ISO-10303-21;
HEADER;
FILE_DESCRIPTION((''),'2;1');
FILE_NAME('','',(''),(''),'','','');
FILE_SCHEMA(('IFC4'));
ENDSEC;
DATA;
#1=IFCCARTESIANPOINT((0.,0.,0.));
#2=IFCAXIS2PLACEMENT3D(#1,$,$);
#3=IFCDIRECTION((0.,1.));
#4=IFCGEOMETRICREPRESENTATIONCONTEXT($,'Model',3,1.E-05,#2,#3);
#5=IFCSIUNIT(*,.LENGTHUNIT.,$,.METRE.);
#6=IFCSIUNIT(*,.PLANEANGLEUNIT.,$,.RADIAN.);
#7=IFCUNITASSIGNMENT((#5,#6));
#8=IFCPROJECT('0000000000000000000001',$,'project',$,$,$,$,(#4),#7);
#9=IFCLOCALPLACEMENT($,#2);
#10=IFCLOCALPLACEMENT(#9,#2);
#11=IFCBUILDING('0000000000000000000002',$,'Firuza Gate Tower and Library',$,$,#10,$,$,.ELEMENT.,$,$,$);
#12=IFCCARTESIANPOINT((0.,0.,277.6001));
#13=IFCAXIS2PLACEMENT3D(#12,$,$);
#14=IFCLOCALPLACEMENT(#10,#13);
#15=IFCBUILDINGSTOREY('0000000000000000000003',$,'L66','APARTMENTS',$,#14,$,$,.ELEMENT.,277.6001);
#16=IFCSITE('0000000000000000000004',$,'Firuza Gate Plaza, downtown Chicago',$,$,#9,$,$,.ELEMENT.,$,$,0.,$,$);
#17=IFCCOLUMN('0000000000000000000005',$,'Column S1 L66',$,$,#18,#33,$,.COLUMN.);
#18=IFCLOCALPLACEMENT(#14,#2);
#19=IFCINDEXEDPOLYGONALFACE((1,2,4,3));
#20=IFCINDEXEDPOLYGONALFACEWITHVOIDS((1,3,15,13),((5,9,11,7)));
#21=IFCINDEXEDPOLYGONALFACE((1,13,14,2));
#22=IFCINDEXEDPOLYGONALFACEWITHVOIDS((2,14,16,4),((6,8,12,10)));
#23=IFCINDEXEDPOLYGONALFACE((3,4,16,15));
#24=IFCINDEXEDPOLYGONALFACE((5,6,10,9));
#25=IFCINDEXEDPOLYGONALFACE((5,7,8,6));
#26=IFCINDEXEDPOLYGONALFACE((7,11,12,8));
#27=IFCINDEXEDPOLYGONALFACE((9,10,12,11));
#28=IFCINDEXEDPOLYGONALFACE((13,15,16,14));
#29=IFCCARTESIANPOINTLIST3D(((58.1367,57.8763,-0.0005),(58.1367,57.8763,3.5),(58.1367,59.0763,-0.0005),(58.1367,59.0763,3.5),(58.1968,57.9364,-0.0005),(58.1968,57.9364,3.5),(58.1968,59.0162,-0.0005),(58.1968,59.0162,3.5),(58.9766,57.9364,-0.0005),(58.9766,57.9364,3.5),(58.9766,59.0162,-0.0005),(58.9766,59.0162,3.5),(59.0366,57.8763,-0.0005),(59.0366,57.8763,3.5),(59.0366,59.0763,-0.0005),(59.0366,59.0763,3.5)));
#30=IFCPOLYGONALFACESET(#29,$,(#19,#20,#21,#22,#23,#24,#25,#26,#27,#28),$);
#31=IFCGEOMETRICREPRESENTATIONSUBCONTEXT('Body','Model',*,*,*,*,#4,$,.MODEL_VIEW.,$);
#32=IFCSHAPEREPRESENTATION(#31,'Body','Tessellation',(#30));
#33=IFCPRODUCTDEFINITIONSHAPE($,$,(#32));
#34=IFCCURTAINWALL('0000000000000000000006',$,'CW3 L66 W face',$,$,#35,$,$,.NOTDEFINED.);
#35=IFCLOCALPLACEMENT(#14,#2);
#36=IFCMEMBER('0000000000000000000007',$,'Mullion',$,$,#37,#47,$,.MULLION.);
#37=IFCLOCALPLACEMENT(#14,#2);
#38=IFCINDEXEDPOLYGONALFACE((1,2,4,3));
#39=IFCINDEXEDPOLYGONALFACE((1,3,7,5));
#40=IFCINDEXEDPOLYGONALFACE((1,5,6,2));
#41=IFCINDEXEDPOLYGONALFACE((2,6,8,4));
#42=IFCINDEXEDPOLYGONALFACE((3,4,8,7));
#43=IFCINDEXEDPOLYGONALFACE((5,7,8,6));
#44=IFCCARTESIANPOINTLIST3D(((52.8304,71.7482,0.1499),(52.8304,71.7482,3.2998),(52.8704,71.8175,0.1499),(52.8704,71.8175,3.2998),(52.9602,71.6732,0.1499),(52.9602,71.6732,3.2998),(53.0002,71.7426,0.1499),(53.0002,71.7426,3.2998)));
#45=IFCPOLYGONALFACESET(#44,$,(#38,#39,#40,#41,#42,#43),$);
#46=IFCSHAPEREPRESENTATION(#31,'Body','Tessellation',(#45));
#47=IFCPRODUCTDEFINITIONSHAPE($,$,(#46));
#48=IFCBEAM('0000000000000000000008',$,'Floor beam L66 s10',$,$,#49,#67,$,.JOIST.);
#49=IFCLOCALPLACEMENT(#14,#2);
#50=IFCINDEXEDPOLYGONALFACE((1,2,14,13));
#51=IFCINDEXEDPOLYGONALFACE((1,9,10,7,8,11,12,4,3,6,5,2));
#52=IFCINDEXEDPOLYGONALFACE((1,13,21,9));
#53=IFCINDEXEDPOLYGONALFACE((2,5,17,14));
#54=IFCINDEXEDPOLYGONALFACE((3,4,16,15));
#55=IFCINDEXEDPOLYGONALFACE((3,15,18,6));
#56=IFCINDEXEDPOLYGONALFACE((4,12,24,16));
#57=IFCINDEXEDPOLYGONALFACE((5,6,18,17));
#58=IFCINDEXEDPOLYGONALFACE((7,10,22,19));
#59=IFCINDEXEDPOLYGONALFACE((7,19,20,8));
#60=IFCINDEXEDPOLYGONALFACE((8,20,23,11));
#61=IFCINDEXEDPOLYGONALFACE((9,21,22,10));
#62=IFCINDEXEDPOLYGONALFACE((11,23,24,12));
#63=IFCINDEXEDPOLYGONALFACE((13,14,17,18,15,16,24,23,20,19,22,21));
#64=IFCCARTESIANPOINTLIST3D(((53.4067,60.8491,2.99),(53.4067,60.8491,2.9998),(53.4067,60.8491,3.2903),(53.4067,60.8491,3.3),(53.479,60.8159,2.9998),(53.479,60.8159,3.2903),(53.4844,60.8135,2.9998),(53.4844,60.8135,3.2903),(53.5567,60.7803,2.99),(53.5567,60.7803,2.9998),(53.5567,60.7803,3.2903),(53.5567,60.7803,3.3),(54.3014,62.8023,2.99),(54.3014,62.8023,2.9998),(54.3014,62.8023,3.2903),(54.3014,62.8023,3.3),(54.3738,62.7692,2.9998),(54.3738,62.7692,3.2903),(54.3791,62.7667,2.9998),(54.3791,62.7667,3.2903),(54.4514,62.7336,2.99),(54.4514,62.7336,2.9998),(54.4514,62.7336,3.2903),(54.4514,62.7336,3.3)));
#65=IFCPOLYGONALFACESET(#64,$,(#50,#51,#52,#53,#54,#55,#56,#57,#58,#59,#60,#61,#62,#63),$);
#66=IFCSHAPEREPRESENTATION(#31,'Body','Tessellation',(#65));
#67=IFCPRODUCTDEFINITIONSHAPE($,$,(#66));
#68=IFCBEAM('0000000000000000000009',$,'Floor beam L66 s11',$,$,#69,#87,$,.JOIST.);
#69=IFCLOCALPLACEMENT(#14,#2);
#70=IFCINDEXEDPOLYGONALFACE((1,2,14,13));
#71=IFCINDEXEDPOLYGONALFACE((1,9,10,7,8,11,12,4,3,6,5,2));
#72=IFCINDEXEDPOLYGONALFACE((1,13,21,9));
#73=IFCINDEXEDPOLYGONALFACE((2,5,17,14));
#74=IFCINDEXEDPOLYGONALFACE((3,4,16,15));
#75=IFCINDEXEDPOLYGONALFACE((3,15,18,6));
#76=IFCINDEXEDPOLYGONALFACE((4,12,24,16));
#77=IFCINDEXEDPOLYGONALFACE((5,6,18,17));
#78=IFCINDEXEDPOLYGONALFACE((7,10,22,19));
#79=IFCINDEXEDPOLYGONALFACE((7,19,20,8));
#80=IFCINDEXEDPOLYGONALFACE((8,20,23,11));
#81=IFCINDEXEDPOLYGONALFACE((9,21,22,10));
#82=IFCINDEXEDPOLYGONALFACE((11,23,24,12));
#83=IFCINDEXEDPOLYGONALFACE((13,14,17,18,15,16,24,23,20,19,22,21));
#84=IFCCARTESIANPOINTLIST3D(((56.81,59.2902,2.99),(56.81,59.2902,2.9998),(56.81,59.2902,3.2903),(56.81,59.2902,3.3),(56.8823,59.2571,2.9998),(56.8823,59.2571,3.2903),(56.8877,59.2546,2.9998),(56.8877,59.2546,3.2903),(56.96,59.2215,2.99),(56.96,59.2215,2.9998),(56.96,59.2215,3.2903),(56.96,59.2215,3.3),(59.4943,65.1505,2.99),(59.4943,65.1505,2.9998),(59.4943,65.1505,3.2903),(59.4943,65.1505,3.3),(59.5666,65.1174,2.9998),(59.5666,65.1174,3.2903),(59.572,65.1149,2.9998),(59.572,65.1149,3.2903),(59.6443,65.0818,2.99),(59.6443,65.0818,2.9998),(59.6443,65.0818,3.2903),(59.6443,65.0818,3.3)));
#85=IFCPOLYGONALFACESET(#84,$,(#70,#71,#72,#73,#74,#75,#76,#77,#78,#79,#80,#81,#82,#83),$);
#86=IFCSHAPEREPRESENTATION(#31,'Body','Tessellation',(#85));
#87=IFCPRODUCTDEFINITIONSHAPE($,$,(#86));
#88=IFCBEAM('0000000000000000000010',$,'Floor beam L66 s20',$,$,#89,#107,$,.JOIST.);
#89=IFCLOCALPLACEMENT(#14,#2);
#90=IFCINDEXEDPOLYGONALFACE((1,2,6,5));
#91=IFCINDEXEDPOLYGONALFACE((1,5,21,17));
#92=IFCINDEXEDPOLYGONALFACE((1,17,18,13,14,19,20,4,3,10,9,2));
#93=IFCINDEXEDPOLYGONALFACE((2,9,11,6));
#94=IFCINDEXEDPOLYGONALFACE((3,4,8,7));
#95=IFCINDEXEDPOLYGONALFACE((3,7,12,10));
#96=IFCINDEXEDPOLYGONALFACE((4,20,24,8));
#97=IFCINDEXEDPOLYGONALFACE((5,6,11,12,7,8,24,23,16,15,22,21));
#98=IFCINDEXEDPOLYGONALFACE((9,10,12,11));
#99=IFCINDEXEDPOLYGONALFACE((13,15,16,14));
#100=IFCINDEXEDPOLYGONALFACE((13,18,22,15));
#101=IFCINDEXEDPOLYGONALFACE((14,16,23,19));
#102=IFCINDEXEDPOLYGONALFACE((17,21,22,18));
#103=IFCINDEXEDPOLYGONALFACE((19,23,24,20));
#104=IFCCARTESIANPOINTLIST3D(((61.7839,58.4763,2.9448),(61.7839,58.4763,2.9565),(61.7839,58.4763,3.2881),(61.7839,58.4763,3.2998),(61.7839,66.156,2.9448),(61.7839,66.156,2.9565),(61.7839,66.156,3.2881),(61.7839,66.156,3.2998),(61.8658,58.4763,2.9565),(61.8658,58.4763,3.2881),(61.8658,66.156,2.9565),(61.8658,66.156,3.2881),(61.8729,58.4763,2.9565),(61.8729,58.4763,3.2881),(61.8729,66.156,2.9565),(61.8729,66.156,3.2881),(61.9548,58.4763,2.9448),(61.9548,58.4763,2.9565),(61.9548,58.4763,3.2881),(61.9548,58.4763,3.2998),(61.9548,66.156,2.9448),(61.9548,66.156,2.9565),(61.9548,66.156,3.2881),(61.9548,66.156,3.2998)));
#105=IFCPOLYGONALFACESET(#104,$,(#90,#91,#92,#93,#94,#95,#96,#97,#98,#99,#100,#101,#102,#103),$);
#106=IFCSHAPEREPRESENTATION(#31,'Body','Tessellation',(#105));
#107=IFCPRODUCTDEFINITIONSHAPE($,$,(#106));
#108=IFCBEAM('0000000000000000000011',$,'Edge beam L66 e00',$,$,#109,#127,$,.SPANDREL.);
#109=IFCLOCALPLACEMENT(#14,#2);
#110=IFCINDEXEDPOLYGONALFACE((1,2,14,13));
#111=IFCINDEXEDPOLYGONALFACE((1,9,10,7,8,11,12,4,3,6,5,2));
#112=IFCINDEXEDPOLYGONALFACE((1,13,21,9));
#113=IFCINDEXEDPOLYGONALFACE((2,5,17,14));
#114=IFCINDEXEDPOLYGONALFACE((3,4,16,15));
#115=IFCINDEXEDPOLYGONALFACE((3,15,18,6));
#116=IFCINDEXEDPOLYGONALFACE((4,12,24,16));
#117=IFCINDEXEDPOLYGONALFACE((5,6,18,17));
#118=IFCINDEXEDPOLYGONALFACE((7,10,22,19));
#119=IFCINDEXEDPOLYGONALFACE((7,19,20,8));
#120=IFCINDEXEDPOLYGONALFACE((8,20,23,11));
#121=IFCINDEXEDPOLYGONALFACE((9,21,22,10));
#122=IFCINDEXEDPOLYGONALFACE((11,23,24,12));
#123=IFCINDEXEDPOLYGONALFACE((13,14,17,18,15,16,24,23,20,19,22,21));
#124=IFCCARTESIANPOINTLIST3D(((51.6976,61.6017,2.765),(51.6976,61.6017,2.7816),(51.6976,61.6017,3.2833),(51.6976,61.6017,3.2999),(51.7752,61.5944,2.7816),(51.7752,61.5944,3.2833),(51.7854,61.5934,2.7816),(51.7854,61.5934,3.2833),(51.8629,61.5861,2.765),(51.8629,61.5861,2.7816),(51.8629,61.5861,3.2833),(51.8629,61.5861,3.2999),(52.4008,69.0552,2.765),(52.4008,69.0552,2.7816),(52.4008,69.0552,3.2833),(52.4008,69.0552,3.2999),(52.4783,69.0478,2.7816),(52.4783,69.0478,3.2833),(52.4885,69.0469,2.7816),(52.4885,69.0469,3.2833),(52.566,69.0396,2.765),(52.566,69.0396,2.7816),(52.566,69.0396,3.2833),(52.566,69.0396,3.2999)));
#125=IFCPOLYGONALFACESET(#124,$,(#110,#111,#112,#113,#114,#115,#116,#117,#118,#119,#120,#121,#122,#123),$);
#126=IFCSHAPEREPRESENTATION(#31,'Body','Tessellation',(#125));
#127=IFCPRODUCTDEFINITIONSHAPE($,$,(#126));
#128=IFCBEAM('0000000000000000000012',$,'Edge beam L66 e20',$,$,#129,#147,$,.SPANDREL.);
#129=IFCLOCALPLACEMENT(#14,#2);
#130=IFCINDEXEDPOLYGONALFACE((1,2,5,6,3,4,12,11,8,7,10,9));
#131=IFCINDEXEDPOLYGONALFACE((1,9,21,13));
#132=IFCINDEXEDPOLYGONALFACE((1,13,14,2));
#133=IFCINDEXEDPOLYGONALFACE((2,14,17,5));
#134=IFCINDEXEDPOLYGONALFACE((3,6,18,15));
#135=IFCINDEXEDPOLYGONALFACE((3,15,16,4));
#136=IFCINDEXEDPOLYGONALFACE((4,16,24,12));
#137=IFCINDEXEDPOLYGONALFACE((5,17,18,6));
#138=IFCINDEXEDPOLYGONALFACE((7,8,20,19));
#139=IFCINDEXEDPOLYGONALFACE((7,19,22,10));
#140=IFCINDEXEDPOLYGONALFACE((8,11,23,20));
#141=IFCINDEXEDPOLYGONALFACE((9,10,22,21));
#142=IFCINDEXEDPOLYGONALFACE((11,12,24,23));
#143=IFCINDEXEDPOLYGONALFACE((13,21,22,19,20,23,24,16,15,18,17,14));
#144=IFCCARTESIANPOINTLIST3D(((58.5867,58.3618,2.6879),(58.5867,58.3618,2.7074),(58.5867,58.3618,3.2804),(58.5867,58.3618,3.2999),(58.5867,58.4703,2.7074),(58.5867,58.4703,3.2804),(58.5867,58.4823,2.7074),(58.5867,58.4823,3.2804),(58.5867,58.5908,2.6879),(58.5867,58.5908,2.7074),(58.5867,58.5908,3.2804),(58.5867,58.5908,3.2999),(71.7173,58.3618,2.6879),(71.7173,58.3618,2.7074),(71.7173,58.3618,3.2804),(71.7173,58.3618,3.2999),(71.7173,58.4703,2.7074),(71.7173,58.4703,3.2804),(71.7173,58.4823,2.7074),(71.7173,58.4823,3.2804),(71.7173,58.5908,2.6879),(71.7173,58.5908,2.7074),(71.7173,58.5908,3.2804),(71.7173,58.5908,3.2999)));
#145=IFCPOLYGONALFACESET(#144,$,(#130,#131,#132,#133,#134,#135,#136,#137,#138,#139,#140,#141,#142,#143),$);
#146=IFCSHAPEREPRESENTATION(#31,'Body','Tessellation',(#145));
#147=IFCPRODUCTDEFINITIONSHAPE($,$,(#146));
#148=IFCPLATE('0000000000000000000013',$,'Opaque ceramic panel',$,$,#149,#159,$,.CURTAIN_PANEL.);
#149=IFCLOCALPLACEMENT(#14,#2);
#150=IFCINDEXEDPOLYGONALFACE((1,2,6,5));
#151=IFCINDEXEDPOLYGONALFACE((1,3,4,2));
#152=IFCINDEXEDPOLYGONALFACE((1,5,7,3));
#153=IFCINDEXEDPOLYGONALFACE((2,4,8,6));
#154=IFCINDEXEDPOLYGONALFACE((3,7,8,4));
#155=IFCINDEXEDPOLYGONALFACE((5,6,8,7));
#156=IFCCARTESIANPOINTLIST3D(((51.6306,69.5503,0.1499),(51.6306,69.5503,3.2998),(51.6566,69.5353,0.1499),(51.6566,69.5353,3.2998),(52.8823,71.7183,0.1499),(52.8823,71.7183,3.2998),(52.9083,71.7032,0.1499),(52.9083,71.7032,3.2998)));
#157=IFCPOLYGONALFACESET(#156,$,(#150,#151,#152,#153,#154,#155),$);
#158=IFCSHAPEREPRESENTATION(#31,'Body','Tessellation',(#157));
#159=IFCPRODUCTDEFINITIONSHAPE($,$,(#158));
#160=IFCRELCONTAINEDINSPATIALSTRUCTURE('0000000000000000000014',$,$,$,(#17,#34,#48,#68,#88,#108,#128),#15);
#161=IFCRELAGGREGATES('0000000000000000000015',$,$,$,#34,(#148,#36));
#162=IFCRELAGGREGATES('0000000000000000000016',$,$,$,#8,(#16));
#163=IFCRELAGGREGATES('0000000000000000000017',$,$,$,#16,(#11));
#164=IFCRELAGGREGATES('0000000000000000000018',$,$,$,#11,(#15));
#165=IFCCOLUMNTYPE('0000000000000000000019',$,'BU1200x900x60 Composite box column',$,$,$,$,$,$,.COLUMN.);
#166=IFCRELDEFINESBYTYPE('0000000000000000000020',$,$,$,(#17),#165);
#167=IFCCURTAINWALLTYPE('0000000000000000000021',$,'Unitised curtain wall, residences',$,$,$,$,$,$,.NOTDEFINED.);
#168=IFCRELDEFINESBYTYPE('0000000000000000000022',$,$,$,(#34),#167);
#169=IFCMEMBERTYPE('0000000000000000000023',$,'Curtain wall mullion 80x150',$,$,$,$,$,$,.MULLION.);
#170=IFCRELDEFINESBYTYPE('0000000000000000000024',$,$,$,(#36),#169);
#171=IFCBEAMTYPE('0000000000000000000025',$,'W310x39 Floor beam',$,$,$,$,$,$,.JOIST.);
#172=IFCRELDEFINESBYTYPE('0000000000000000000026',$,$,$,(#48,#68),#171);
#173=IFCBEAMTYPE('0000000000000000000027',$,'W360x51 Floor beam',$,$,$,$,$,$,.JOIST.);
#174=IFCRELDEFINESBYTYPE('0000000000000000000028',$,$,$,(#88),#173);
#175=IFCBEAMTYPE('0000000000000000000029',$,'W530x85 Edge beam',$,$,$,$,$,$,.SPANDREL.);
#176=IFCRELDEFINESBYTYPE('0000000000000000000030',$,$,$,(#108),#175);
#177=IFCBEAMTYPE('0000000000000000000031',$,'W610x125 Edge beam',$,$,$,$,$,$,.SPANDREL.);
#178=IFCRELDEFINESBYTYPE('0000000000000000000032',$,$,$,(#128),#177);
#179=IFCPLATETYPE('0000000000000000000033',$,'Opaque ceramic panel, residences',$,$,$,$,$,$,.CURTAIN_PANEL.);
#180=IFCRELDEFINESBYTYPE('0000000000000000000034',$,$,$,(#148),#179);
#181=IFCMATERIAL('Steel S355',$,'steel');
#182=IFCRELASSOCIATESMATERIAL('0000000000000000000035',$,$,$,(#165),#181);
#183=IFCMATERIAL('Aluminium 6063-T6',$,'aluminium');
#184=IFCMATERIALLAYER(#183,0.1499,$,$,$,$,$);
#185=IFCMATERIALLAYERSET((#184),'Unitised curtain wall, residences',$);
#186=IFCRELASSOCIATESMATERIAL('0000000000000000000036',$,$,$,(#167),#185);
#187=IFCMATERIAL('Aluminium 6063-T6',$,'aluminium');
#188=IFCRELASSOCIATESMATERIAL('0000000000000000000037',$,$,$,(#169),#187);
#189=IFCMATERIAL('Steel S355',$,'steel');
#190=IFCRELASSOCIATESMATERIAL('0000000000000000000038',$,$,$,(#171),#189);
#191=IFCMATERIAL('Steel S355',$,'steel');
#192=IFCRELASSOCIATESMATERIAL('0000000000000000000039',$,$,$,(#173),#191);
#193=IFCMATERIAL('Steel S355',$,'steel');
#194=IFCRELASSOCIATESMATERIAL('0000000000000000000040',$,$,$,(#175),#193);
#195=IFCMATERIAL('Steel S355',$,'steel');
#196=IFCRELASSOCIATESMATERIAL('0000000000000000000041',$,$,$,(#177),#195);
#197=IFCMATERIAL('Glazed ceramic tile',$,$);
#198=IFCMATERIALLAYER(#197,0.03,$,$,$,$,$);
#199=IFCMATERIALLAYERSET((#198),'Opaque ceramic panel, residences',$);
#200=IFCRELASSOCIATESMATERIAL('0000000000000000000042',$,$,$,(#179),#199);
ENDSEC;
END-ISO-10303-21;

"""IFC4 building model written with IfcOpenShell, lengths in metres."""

from ifc_helpers import new_model, si_unit, direction, frame, origin, origin_2d, place, context, subcontext, project, spatial, polyline, rectangle, hollow_rectangle, i_section, outline, extrude, material, layer, layer_set, material_profile, profile_set, type_object, element, aggregate, save


model = new_model("IFC4")

# Units and contexts
model_context = context("Model", 3, precision=1e-05, world=origin(), true_north=direction((0.0, 1.0)))
body_context = subcontext(model_context, "Body", "Model", "MODEL_VIEW")
ifc_project = project(units=[si_unit("LENGTHUNIT", "METRE"), si_unit("PLANEANGLEUNIT", "RADIAN")], contexts=[model_context])

# Site, building, storey
site_placement = place(None, origin())
site = spatial("IfcSite", under=ifc_project, at=site_placement, Name="Firuza Gate Plaza, downtown Chicago", CompositionType="ELEMENT", RefElevation=0.0)
building_placement = place(site_placement, origin())
building = spatial("IfcBuilding", under=site, at=building_placement, Name="Firuza Gate Tower and Library", CompositionType="ELEMENT")
storey_placement = place(building_placement, frame((0.0, 0.0, 277.6001)))
storey = spatial("IfcBuildingStorey", under=building, at=storey_placement, Name="L66", Description="APARTMENTS", CompositionType="ELEMENT", Elevation=277.6001)

# Column
ifc_material_1 = material(Name="Steel S355", Category="steel")
ifc_material_profile_1 = material_profile(ifc_material_1, hollow_rectangle(XDim=0.8999, YDim=1.2, WallThickness=0.0601, at=origin_2d()))
ifc_profile_set_1 = profile_set([ifc_material_profile_1], Name="Steel S355")
column_type = type_object("IfcColumnType", Name="BU1200x900x60 Composite box column", PredefinedType="COLUMN", material=ifc_profile_set_1)
column_placement = place(storey_placement, frame((58.5867, 58.4763, -0.0005), z_axis=(0.0, 0.0, 1.0), x_axis=(1.0, 0.0, 0.0)))
element("IfcColumn", 1, at=column_placement, inside=storey, type_object=column_type, Name="Column S1 L66", PredefinedType="COLUMN", context=body_context, shape_type="SweptSolid", body=[
    extrude(hollow_rectangle(XDim=0.8999, YDim=1.2, WallThickness=0.0601, at=origin_2d()), origin(), (0.0, 0.0, 1.0), 3.5005),
])

# Curtain wall, member
ifc_material_2 = material(Name="Aluminium 6063-T6", Category="aluminium")
ifc_layer_1 = layer(ifc_material_2, 0.1499)
ifc_layer_set_1 = layer_set([ifc_layer_1], Name="Unitised curtain wall, residences")
curtain_wall_type = type_object("IfcCurtainWallType", Name="Unitised curtain wall, residences", PredefinedType="NOTDEFINED", material=ifc_layer_set_1)
curtain_wall_placement = place(storey_placement, origin())
curtain_wall = element("IfcCurtainWall", 2, at=curtain_wall_placement, inside=storey, type_object=curtain_wall_type, Name="CW3 L66 W face", PredefinedType="NOTDEFINED")
ifc_material_3 = material(Name="Aluminium 6063-T6", Category="aluminium")
ifc_material_profile_2 = material_profile(ifc_material_3, rectangle(XDim=0.1499, YDim=0.0801, at=origin_2d()))
ifc_profile_set_2 = profile_set([ifc_material_profile_2], Name="Aluminium 6063-T6")
member_type = type_object("IfcMemberType", Name="Curtain wall mullion 80x150", PredefinedType="MULLION", material=ifc_profile_set_2)
member_placement = place(storey_placement, frame((52.9153, 71.7454, 0.1499), z_axis=(0.0, 0.0, 1.0), x_axis=(0.866025, -0.5, 0.0)))
member = element("IfcMember", 3, at=member_placement, type_object=member_type, Name="Mullion", PredefinedType="MULLION", context=body_context, shape_type="SweptSolid", body=[
    extrude(rectangle(XDim=0.1499, YDim=0.0801, at=origin_2d()), origin(), (0.0, 0.0, 1.0), 3.1499),
])

# Beams
ifc_material_4 = material(Name="Steel S355", Category="steel")
ifc_material_profile_3 = material_profile(ifc_material_4, i_section(OverallWidth=0.165, OverallDepth=0.3101, WebThickness=0.0059, FlangeThickness=0.0098, at=origin_2d()))
ifc_profile_set_3 = profile_set([ifc_material_profile_3], Name="Steel S355")
beam_type_1 = type_object("IfcBeamType", Name="W310x39 Floor beam", PredefinedType="JOIST", material=ifc_profile_set_3)
beam_1_placement = place(storey_placement, frame((53.4817, 60.8147, 3.145), z_axis=(0.416455, 0.909156, 0.0), x_axis=(-0.909156, 0.416455, 0.0)))
element("IfcBeam", 4, at=beam_1_placement, inside=storey, type_object=beam_type_1, Name="Floor beam L66 s10", PredefinedType="JOIST", context=body_context, shape_type="SweptSolid", body=[
    extrude(i_section(OverallWidth=0.165, OverallDepth=0.3101, WebThickness=0.0059, FlangeThickness=0.0098, at=origin_2d()), origin(), (0.0, 0.0, 1.0), 2.1484),
])
beam_2_placement = place(storey_placement, frame((56.885, 59.2559, 3.145), z_axis=(0.416441, 0.909163, 0.0), x_axis=(-0.909163, 0.416441, 0.0)))
element("IfcBeam", 5, at=beam_2_placement, inside=storey, type_object=beam_type_1, Name="Floor beam L66 s11", PredefinedType="JOIST", context=body_context, shape_type="SweptSolid", body=[
    extrude(i_section(OverallWidth=0.165, OverallDepth=0.3101, WebThickness=0.0059, FlangeThickness=0.0098, at=origin_2d()), origin(), (0.0, 0.0, 1.0), 6.4458),
])
ifc_material_5 = material(Name="Steel S355", Category="steel")
ifc_material_profile_4 = material_profile(ifc_material_5, i_section(OverallWidth=0.1709, OverallDepth=0.355, WebThickness=0.0071, FlangeThickness=0.0117, at=origin_2d()))
ifc_profile_set_4 = profile_set([ifc_material_profile_4], Name="Steel S355")
beam_type_2 = type_object("IfcBeamType", Name="W360x51 Floor beam", PredefinedType="JOIST", material=ifc_profile_set_4)
beam_3_placement = place(storey_placement, frame((61.8694, 58.4763, 3.1223), z_axis=(0.0, 1.0, 0.0), x_axis=(-1.0, 0.0, 0.0)))
element("IfcBeam", 6, at=beam_3_placement, inside=storey, type_object=beam_type_2, Name="Floor beam L66 s20", PredefinedType="JOIST", context=body_context, shape_type="SweptSolid", body=[
    extrude(i_section(OverallWidth=0.1709, OverallDepth=0.355, WebThickness=0.0071, FlangeThickness=0.0117, at=origin_2d()), origin(), (0.0, 0.0, 1.0), 7.6797),
])
ifc_material_6 = material(Name="Steel S355", Category="steel")
ifc_material_profile_5 = material_profile(ifc_material_6, i_section(OverallWidth=0.166, OverallDepth=0.5349, WebThickness=0.0103, FlangeThickness=0.0166, at=origin_2d()))
ifc_profile_set_5 = profile_set([ifc_material_profile_5], Name="Steel S355")
beam_type_3 = type_object("IfcBeamType", Name="W530x85 Edge beam", PredefinedType="SPANDREL", material=ifc_profile_set_5)
beam_4_placement = place(storey_placement, frame((52.4834, 69.0474, 3.0325), z_axis=(-0.09392, -0.99558, 0.0), x_axis=(0.99558, -0.09392, 0.0)))
element("IfcBeam", 7, at=beam_4_placement, inside=storey, type_object=beam_type_3, Name="Edge beam L66 e00", PredefinedType="SPANDREL", context=body_context, shape_type="SweptSolid", body=[
    extrude(i_section(OverallWidth=0.166, OverallDepth=0.5349, WebThickness=0.0103, FlangeThickness=0.0166, at=origin_2d()), origin(), (0.0, 0.0, 1.0), 7.4866),
])
ifc_material_7 = material(Name="Steel S355", Category="steel")
ifc_material_profile_6 = material_profile(ifc_material_7, i_section(OverallWidth=0.229, OverallDepth=0.6121, WebThickness=0.012, FlangeThickness=0.0195, at=origin_2d()))
ifc_profile_set_6 = profile_set([ifc_material_profile_6], Name="Steel S355")
beam_type_4 = type_object("IfcBeamType", Name="W610x125 Edge beam", PredefinedType="SPANDREL", material=ifc_profile_set_6)
beam_5_placement = place(storey_placement, frame((58.5867, 58.4763, 2.9939), z_axis=(1.0, 0.0, 0.0), x_axis=(0.0, 1.0, 0.0)))
element("IfcBeam", 8, at=beam_5_placement, inside=storey, type_object=beam_type_4, Name="Edge beam L66 e20", PredefinedType="SPANDREL", context=body_context, shape_type="SweptSolid", body=[
    extrude(i_section(OverallWidth=0.229, OverallDepth=0.6121, WebThickness=0.012, FlangeThickness=0.0195, at=origin_2d()), origin(), (0.0, 0.0, 1.0), 13.1306),
])

# Plate
ifc_material_8 = material(Name="Glazed ceramic tile")
ifc_layer_2 = layer(ifc_material_8, 0.03)
ifc_layer_set_2 = layer_set([ifc_layer_2], Name="Opaque ceramic panel, residences")
plate_type = type_object("IfcPlateType", Name="Opaque ceramic panel, residences", PredefinedType="CURTAIN_PANEL", material=ifc_layer_set_2)
plate_placement = place(storey_placement, frame((52.8823, 71.7183, 0.1499), z_axis=(-0.86602, 0.500009, 0.0), x_axis=(-0.500009, -0.86602, 0.0)))
plate = element("IfcPlate", 9, at=plate_placement, type_object=plate_type, Name="Opaque ceramic panel", PredefinedType="CURTAIN_PANEL", context=body_context, shape_type="SweptSolid", body=[
    extrude(outline(polyline([(0.0, 0.0), (2.5034, 0.0), (2.5034, 3.1499), (0.0, 3.1499), (0.0, 0.0)])), origin(), (0.0, 0.0, -1.0), 0.03),
])
aggregate(curtain_wall, [plate, member])

save(model, "model.ifc")
